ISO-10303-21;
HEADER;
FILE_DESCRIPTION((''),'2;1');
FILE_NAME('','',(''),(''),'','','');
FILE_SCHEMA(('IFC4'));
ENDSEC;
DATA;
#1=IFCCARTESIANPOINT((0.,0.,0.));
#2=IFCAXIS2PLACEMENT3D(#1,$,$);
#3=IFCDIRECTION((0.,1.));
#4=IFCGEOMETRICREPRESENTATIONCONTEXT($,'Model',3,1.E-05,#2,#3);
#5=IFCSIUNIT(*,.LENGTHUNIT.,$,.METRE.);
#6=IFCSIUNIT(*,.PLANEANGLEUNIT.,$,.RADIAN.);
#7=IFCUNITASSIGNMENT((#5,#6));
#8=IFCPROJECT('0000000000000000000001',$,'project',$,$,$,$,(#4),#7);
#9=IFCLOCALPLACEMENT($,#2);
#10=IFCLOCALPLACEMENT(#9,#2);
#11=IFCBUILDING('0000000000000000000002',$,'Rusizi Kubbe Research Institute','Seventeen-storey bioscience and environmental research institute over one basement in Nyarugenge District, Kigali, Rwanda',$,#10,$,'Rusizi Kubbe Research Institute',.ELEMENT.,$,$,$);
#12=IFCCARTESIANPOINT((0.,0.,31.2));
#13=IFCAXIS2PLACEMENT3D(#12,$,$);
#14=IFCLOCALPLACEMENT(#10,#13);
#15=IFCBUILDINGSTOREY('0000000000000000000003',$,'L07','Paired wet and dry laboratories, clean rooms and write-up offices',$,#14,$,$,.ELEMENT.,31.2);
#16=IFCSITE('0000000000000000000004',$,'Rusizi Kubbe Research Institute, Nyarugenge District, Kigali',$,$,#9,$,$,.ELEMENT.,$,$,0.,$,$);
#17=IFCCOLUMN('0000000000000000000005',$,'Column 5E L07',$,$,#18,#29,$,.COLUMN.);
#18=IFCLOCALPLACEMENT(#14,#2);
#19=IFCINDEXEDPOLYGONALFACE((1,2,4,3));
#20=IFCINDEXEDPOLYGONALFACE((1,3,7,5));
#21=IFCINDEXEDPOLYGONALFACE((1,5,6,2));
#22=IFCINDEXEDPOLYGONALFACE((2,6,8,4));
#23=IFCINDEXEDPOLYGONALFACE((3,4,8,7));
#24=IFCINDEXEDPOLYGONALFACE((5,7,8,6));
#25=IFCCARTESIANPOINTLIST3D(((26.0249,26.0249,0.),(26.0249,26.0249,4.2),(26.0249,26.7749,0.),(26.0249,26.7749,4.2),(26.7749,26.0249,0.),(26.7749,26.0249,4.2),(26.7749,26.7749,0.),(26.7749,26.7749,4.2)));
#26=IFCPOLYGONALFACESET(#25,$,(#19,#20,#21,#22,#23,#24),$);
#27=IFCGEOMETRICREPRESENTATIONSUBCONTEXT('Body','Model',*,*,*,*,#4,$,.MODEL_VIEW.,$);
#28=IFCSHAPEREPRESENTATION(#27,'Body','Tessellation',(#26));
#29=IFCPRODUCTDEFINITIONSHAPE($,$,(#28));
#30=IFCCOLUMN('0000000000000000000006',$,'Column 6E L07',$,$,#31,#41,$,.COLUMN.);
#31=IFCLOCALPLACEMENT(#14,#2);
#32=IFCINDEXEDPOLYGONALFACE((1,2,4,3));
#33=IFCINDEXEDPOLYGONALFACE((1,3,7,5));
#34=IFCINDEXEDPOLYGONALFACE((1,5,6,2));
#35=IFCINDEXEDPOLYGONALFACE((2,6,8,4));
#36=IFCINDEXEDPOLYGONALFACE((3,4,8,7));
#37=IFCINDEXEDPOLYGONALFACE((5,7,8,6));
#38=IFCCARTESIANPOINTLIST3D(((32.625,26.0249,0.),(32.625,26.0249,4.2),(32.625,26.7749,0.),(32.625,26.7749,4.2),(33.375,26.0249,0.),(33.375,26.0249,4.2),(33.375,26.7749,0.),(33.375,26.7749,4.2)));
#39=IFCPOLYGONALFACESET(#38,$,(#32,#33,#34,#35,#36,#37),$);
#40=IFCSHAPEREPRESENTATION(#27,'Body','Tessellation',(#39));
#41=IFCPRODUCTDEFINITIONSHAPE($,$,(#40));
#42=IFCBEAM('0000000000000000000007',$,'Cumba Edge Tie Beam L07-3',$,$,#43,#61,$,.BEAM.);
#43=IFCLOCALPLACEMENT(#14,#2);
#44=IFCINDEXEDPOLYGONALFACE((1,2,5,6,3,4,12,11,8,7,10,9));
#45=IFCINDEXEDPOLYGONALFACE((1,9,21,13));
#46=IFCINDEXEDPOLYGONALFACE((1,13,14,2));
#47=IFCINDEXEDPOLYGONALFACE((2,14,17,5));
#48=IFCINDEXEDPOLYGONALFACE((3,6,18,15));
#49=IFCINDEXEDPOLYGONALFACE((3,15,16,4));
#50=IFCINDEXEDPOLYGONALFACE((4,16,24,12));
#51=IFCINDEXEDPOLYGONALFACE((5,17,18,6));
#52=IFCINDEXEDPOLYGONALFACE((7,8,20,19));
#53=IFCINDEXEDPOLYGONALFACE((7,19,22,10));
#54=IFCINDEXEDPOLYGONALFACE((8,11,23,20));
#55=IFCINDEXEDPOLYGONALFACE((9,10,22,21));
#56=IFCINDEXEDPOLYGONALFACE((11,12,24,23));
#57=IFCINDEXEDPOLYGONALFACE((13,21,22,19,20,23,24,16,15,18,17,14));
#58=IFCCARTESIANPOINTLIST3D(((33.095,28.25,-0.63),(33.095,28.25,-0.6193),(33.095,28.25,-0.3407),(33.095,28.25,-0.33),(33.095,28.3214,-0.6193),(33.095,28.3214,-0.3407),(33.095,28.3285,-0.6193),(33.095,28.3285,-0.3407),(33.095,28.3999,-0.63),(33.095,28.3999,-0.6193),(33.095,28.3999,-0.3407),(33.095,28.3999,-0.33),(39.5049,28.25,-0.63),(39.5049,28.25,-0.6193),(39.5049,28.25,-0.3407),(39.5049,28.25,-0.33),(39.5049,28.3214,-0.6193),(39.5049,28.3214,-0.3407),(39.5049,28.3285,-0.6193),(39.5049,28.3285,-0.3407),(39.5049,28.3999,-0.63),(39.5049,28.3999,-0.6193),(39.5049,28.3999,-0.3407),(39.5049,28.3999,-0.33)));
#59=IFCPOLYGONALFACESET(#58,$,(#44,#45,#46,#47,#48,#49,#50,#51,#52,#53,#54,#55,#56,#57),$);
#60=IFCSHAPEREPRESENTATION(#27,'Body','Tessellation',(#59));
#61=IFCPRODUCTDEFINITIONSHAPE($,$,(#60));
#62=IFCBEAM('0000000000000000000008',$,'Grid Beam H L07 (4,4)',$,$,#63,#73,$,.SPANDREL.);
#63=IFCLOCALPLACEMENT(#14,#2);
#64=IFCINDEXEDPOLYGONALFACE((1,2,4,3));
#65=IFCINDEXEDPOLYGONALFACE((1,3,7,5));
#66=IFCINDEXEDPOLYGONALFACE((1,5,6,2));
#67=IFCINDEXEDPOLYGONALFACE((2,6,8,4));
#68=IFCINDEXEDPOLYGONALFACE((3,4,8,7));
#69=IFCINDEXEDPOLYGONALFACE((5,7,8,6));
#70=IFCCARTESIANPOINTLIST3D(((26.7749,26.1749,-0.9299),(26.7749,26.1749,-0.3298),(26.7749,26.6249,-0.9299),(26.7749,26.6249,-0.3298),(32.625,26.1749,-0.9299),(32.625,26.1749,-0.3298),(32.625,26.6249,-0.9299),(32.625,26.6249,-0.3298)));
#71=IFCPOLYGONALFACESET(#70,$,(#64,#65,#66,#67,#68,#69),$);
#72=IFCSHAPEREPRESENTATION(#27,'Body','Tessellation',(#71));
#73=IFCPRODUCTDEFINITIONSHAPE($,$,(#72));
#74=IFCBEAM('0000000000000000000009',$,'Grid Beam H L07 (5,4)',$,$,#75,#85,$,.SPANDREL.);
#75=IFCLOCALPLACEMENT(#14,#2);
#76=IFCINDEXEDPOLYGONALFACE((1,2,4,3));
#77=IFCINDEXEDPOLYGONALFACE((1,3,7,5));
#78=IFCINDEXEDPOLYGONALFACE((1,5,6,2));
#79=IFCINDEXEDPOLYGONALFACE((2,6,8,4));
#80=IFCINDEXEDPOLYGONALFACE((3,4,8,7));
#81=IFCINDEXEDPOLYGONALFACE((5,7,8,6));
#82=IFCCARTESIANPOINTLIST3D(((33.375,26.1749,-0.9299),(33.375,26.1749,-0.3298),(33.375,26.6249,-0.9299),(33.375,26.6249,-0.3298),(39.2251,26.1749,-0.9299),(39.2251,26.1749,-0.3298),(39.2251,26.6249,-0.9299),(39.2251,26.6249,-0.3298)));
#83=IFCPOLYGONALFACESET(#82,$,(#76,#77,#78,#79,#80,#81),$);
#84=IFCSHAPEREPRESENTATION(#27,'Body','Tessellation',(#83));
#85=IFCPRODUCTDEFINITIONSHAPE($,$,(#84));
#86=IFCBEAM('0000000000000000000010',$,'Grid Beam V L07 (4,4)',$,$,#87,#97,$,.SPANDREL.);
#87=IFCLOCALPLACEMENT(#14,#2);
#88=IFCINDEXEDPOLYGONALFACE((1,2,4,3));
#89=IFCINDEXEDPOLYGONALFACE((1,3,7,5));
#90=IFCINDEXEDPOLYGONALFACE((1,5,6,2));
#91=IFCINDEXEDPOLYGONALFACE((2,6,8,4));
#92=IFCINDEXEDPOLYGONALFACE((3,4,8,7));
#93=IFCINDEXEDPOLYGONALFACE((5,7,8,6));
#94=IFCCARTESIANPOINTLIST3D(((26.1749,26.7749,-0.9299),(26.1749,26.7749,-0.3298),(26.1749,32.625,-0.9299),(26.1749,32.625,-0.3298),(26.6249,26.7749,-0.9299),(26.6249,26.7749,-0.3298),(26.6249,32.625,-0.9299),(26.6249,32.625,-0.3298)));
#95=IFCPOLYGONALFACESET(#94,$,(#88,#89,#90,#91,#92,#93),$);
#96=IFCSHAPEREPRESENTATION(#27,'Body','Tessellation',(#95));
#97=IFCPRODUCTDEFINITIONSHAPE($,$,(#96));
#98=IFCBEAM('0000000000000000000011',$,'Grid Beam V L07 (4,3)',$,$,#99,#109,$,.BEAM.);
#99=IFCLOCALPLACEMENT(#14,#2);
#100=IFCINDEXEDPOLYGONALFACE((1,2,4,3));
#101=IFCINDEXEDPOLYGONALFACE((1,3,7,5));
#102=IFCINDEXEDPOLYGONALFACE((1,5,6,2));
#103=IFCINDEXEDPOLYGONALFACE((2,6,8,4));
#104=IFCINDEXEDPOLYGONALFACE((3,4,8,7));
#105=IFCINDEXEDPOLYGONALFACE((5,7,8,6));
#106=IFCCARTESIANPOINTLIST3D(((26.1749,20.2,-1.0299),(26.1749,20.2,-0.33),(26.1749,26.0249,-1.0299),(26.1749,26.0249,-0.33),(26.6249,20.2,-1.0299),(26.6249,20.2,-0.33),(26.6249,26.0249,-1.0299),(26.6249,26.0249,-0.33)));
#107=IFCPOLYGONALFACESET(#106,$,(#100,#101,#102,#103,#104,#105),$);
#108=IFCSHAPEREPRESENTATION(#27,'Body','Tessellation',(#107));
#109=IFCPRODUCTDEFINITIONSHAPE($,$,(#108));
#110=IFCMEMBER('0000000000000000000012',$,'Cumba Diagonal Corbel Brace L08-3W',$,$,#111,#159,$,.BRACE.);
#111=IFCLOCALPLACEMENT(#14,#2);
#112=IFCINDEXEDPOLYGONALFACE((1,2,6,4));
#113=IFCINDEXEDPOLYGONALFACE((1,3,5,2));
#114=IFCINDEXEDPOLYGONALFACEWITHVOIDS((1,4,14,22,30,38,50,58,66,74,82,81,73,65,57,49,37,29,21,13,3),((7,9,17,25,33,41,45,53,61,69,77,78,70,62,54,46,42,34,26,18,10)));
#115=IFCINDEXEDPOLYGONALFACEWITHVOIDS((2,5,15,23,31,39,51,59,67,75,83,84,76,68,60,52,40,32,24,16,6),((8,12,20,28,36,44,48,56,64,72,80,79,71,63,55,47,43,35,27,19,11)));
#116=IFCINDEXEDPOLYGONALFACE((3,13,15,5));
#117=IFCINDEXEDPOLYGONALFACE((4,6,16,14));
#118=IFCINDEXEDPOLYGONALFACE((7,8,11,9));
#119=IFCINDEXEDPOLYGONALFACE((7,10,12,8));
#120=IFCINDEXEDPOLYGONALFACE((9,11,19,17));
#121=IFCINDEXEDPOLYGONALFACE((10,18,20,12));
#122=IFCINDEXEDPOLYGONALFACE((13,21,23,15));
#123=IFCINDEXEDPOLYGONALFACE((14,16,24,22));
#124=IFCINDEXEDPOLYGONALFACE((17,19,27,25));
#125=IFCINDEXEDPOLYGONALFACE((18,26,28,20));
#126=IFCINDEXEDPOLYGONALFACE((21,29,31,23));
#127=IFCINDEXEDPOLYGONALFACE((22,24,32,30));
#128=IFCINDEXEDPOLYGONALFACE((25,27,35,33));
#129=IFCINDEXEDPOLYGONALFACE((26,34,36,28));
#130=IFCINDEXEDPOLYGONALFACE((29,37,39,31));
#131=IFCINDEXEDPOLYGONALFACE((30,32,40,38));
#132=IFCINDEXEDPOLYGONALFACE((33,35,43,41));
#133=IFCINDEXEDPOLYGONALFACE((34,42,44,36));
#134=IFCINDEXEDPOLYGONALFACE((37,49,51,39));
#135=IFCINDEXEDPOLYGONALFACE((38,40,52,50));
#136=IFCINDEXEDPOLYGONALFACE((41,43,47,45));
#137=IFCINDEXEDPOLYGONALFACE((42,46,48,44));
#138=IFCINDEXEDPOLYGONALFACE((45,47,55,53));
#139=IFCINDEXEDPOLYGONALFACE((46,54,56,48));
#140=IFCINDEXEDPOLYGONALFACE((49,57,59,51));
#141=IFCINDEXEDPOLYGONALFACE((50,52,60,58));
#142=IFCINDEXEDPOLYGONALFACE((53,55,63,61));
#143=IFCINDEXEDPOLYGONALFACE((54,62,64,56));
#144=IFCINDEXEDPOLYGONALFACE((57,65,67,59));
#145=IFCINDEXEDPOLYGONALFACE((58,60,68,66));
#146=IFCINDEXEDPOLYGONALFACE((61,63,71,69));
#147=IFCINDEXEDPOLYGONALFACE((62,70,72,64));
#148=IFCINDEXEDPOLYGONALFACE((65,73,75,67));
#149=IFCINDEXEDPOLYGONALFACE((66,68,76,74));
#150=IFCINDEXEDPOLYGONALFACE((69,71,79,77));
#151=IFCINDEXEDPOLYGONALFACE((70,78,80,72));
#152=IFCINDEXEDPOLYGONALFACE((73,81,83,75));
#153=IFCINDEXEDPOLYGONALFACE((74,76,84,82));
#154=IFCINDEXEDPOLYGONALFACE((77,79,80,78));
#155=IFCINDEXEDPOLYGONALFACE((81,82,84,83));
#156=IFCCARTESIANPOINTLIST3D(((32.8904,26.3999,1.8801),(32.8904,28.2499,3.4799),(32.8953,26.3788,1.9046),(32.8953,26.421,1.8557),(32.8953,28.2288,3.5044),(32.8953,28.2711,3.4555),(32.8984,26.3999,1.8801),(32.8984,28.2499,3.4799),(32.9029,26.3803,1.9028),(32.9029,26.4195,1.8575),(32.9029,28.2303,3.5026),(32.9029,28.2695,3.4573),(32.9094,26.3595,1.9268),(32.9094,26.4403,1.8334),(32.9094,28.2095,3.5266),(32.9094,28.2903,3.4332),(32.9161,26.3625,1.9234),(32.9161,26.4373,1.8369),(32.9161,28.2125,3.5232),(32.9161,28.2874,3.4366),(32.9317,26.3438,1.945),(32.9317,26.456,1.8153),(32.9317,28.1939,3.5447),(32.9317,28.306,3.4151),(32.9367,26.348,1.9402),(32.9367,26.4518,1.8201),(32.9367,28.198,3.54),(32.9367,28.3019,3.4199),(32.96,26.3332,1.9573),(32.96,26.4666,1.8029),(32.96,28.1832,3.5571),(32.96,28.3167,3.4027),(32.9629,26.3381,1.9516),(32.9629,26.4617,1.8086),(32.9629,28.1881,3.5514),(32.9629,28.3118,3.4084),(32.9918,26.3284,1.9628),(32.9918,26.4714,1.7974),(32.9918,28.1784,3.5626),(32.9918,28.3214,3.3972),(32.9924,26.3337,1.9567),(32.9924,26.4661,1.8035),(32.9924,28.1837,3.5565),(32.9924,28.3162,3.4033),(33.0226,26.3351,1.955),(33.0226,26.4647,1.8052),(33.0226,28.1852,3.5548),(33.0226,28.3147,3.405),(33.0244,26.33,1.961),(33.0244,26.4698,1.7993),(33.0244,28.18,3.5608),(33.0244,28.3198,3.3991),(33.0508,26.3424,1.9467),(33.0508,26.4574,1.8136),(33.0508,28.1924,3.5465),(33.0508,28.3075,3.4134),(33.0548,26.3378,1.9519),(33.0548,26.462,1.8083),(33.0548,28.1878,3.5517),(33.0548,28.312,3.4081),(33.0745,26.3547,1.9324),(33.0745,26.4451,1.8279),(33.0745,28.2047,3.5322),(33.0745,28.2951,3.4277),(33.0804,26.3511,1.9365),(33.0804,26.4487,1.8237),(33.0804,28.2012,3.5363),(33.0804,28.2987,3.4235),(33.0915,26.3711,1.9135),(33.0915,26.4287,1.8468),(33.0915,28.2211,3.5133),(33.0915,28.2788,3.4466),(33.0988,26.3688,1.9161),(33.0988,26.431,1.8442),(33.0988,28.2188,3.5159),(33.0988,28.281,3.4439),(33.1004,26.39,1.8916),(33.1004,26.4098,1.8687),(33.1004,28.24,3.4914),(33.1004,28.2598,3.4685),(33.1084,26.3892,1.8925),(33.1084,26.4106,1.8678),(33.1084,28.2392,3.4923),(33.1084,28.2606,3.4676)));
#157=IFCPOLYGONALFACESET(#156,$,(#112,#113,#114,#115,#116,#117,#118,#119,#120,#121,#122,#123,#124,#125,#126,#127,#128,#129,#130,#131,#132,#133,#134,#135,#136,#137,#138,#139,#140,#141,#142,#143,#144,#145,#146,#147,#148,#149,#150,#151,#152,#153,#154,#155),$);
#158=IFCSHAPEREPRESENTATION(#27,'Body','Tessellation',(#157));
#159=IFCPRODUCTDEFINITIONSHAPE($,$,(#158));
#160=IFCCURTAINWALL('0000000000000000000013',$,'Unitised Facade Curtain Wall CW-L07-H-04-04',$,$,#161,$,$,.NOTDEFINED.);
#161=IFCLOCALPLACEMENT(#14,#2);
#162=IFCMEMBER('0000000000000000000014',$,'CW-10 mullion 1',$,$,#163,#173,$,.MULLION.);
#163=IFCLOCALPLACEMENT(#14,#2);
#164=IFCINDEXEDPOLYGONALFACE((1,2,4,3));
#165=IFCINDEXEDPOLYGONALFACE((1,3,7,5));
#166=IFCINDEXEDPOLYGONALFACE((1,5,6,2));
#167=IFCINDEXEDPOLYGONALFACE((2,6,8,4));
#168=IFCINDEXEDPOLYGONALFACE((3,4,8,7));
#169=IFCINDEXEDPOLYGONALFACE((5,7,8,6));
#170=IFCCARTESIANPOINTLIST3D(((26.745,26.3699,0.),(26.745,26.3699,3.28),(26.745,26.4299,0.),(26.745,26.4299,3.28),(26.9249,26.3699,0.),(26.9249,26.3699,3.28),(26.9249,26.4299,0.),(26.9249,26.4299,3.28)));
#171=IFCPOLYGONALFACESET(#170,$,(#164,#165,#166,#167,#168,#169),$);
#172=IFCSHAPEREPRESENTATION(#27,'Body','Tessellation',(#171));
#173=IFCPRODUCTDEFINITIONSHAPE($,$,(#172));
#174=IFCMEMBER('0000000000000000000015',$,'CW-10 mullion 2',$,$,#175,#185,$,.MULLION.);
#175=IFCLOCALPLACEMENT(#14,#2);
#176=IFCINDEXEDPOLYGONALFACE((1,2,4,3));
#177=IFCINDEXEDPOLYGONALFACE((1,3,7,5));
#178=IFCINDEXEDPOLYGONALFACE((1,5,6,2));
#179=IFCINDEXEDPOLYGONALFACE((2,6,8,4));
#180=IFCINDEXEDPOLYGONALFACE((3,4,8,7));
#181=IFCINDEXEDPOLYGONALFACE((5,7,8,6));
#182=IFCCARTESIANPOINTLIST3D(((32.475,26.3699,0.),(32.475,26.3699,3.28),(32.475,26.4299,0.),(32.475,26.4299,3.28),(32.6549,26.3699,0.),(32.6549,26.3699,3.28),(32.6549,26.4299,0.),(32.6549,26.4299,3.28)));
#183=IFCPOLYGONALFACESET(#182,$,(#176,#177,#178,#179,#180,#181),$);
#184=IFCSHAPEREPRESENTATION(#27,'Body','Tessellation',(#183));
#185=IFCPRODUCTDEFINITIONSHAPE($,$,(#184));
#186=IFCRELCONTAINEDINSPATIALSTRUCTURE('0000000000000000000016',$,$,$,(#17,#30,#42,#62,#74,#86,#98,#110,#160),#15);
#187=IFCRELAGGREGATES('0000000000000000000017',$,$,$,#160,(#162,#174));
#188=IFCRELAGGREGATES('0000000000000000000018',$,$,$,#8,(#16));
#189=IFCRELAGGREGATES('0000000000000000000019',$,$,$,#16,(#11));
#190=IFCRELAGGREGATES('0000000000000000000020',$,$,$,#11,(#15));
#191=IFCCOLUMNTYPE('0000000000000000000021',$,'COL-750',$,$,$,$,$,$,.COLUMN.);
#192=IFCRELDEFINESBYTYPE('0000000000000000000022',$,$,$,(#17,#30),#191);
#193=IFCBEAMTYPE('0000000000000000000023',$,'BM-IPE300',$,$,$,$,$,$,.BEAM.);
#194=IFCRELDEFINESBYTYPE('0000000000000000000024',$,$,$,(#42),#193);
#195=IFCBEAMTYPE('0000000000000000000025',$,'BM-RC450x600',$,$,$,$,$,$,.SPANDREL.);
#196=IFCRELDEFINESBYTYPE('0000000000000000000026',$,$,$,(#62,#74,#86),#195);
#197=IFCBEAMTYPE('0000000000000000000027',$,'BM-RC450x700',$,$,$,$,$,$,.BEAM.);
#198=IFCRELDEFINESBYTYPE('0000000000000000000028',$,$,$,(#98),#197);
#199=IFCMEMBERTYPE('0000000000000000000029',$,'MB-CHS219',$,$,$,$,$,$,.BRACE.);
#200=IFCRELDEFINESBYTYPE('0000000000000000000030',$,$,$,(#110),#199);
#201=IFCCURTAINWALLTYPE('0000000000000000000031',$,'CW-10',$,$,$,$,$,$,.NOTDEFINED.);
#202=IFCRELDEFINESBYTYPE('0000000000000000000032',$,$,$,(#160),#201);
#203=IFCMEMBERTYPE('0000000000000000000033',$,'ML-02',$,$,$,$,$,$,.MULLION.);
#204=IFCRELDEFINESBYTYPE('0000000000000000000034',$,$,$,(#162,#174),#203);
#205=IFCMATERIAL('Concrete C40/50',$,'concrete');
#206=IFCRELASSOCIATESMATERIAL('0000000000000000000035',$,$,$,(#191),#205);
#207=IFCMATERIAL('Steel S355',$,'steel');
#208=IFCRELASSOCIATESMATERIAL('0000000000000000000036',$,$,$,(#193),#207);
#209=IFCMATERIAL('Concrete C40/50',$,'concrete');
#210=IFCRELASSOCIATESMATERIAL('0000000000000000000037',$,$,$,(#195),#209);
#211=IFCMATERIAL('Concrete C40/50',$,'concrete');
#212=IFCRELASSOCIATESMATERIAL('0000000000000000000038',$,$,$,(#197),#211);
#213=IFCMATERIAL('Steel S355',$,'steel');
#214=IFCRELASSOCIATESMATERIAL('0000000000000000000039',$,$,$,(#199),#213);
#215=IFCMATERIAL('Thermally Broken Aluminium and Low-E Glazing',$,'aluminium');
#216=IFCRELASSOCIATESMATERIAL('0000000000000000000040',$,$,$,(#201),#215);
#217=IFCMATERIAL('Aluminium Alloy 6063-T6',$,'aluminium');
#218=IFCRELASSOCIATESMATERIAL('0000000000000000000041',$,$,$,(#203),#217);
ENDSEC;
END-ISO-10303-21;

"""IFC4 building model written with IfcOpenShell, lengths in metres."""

from ifc_helpers import new_model, si_unit, direction, frame, origin, origin_2d, place, context, subcontext, project, spatial, rectangle, hollow_circle, i_section, extrude, material, material_profile, profile_set, type_object, element, aggregate, save


model = new_model("IFC4")

# Units and contexts
model_context = context("Model", 3, precision=1e-05, world=origin(), true_north=direction((0.0, 1.0)))
body_context = subcontext(model_context, "Body", "Model", "MODEL_VIEW")
ifc_project = project(units=[si_unit("LENGTHUNIT", "METRE"), si_unit("PLANEANGLEUNIT", "RADIAN")], contexts=[model_context])

# Site, building, storey
site_placement = place(None, origin())
site = spatial("IfcSite", under=ifc_project, at=site_placement, Name="Rusizi Kubbe Research Institute, Nyarugenge District, Kigali", CompositionType="ELEMENT", RefElevation=0.0)
building_placement = place(site_placement, origin())
building = spatial("IfcBuilding", under=site, at=building_placement, Name="Rusizi Kubbe Research Institute", Description="Seventeen-storey bioscience and environmental research institute over one basement in Nyarugenge District, Kigali, Rwanda", LongName="Rusizi Kubbe Research Institute", CompositionType="ELEMENT")
storey_placement = place(building_placement, frame((0.0, 0.0, 31.2)))
storey = spatial("IfcBuildingStorey", under=building, at=storey_placement, Name="L07", Description="Paired wet and dry laboratories, clean rooms and write-up offices", CompositionType="ELEMENT", Elevation=31.2)

# Columns
ifc_material_1 = material(Name="Concrete C40/50", Category="concrete")
ifc_material_profile_1 = material_profile(ifc_material_1, rectangle(XDim=0.75, YDim=0.75, at=origin_2d()), Name="RC750x750")
ifc_profile_set_1 = profile_set([ifc_material_profile_1], Name="Concrete C40/50")
column_type = type_object("IfcColumnType", Name="COL-750", PredefinedType="COLUMN", material=ifc_profile_set_1)
for number, where, z_axis, x_axis, name in (
    (1, (26.3999, 26.3999, 0.0), (0.0, 0.0, 1.0), (1.0, 0.0, 0.0), "Column 5E L07"),
    (2, (33.0, 26.3999, 0.0), (0.0, 0.0, 1.0), (1.0, 0.0, 0.0), "Column 6E L07"),
):
    element("IfcColumn", number, at=place(storey_placement, frame(where, z_axis=z_axis, x_axis=x_axis)), inside=storey, type_object=column_type, Name=name, PredefinedType="COLUMN", context=body_context, shape_type="SweptSolid", body=[
        extrude(rectangle(XDim=0.75, YDim=0.75, at=origin_2d()), origin(), (0.0, 0.0, 1.0), 4.2),
    ])

# Beams
ifc_material_2 = material(Name="Steel S355", Category="steel")
ifc_material_profile_2 = material_profile(ifc_material_2, i_section(OverallWidth=0.1499, OverallDepth=0.3, WebThickness=0.0071, FlangeThickness=0.0107, at=origin_2d()), Name="IPE 300")
ifc_profile_set_2 = profile_set([ifc_material_profile_2], Name="Steel S355")
beam_type_1 = type_object("IfcBeamType", Name="BM-IPE300", PredefinedType="BEAM", material=ifc_profile_set_2)
beam_1_placement = place(storey_placement, frame((33.095, 28.325, -0.48), z_axis=(1.0, 0.0, 0.0), x_axis=(0.0, 1.0, 0.0)))
element("IfcBeam", 3, at=beam_1_placement, inside=storey, type_object=beam_type_1, Name="Cumba Edge Tie Beam L07-3", PredefinedType="BEAM", context=body_context, shape_type="SweptSolid", body=[
    extrude(i_section(OverallWidth=0.1499, OverallDepth=0.3, WebThickness=0.0071, FlangeThickness=0.0107, at=origin_2d()), origin(), (0.0, 0.0, 1.0), 6.4099),
])
ifc_material_3 = material(Name="Concrete C40/50", Category="concrete")
ifc_material_profile_3 = material_profile(ifc_material_3, rectangle(XDim=0.45, YDim=0.6001, at=origin_2d()), Name="RC450x600")
ifc_profile_set_3 = profile_set([ifc_material_profile_3], Name="Concrete C40/50")
beam_type_2 = type_object("IfcBeamType", Name="BM-RC450x600", PredefinedType="SPANDREL", material=ifc_profile_set_3)
for number, where, z_axis, x_axis, name in (
    (4, (26.7749, 26.3999, -0.6299), (1.0, 0.0, 0.0), (0.0, 1.0, 0.0), "Grid Beam H L07 (4,4)"),
    (5, (33.375, 26.3999, -0.6299), (1.0, 0.0, 0.0), (0.0, 1.0, 0.0), "Grid Beam H L07 (5,4)"),
    (6, (26.3999, 26.7749, -0.6299), (0.0, 1.0, 0.0), (-1.0, 0.0, 0.0), "Grid Beam V L07 (4,4)"),
):
    element("IfcBeam", number, at=place(storey_placement, frame(where, z_axis=z_axis, x_axis=x_axis)), inside=storey, type_object=beam_type_2, Name=name, PredefinedType="SPANDREL", context=body_context, shape_type="SweptSolid", body=[
        extrude(rectangle(XDim=0.45, YDim=0.6001, at=origin_2d()), origin(), (0.0, 0.0, 1.0), 5.8501),
    ])
ifc_material_4 = material(Name="Concrete C40/50", Category="concrete")
ifc_material_profile_4 = material_profile(ifc_material_4, rectangle(XDim=0.45, YDim=0.7, at=origin_2d()), Name="RC450x700B")
ifc_profile_set_4 = profile_set([ifc_material_profile_4], Name="Concrete C40/50")
beam_type_3 = type_object("IfcBeamType", Name="BM-RC450x700", PredefinedType="BEAM", material=ifc_profile_set_4)
beam_2_placement = place(storey_placement, frame((26.3999, 20.2, -0.6799), z_axis=(0.0, 1.0, 0.0), x_axis=(-1.0, 0.0, 0.0)))
element("IfcBeam", 7, at=beam_2_placement, inside=storey, type_object=beam_type_3, Name="Grid Beam V L07 (4,3)", PredefinedType="BEAM", context=body_context, shape_type="SweptSolid", body=[
    extrude(rectangle(XDim=0.45, YDim=0.7, at=origin_2d()), origin(), (0.0, 0.0, 1.0), 5.825),
])

# Member
ifc_material_5 = material(Name="Steel S355", Category="steel")
ifc_material_profile_5 = material_profile(ifc_material_5, hollow_circle(Radius=0.1096, WallThickness=0.0081, at=origin_2d()), Name="CHS 219.1x8.0")
ifc_profile_set_5 = profile_set([ifc_material_profile_5], Name="Steel S355")
member_type_1 = type_object("IfcMemberType", Name="MB-CHS219", PredefinedType="BRACE", material=ifc_profile_set_5)
member_1_placement = place(storey_placement, frame((33.0, 26.3999, 1.8801), z_axis=(0.0, 0.75641, 0.654098), x_axis=(-1.0, 0.0, 0.0)))
element("IfcMember", 8, at=member_1_placement, inside=storey, type_object=member_type_1, Name="Cumba Diagonal Corbel Brace L08-3W", PredefinedType="BRACE", context=body_context, shape_type="SweptSolid", body=[
    extrude(hollow_circle(Radius=0.1096, WallThickness=0.0081, at=origin_2d()), origin(), (0.0, 0.0, 1.0), 2.4458),
])

# Curtain wall, members
ifc_material_6 = material(Name="Thermally Broken Aluminium and Low-E Glazing", Category="aluminium")
curtain_wall_type_1 = type_object("IfcCurtainWallType", Name="CW-10", PredefinedType="NOTDEFINED", material=ifc_material_6)
curtain_wall_1_placement = place(storey_placement, origin())
curtain_wall_1 = element("IfcCurtainWall", 9, at=curtain_wall_1_placement, inside=storey, type_object=curtain_wall_type_1, Name="Unitised Facade Curtain Wall CW-L07-H-04-04", PredefinedType="NOTDEFINED")
ifc_material_7 = material(Name="Aluminium Alloy 6063-T6", Category="aluminium")
ifc_material_profile_6 = material_profile(ifc_material_7, rectangle(XDim=0.0601, YDim=0.1799, at=origin_2d()), Name="ALU-M 60x180")
ifc_profile_set_6 = profile_set([ifc_material_profile_6], Name="Aluminium Alloy 6063-T6")
member_type_2 = type_object("IfcMemberType", Name="ML-02", PredefinedType="MULLION", material=ifc_profile_set_6)
member_2_placement = place(storey_placement, frame((26.835, 26.3999, 0.0), z_axis=(0.0, 0.0, 1.0), x_axis=(0.0, 1.0, 0.0)))
member_2 = element("IfcMember", 10, at=member_2_placement, type_object=member_type_2, Name="CW-10 mullion 1", PredefinedType="MULLION", context=body_context, shape_type="SweptSolid", body=[
    extrude(rectangle(XDim=0.0601, YDim=0.1799, at=origin_2d()), origin(), (0.0, 0.0, 1.0), 3.28),
])
member_3_placement = place(storey_placement, frame((32.5649, 26.3999, 0.0), z_axis=(0.0, 0.0, 1.0), x_axis=(0.0, 1.0, 0.0)))
member_3 = element("IfcMember", 11, at=member_3_placement, type_object=member_type_2, Name="CW-10 mullion 2", PredefinedType="MULLION", context=body_context, shape_type="SweptSolid", body=[
    extrude(rectangle(XDim=0.0601, YDim=0.1799, at=origin_2d()), origin(), (0.0, 0.0, 1.0), 3.28),
])

aggregate(curtain_wall_1, [member_2, member_3])

save(model, "model.ifc")
